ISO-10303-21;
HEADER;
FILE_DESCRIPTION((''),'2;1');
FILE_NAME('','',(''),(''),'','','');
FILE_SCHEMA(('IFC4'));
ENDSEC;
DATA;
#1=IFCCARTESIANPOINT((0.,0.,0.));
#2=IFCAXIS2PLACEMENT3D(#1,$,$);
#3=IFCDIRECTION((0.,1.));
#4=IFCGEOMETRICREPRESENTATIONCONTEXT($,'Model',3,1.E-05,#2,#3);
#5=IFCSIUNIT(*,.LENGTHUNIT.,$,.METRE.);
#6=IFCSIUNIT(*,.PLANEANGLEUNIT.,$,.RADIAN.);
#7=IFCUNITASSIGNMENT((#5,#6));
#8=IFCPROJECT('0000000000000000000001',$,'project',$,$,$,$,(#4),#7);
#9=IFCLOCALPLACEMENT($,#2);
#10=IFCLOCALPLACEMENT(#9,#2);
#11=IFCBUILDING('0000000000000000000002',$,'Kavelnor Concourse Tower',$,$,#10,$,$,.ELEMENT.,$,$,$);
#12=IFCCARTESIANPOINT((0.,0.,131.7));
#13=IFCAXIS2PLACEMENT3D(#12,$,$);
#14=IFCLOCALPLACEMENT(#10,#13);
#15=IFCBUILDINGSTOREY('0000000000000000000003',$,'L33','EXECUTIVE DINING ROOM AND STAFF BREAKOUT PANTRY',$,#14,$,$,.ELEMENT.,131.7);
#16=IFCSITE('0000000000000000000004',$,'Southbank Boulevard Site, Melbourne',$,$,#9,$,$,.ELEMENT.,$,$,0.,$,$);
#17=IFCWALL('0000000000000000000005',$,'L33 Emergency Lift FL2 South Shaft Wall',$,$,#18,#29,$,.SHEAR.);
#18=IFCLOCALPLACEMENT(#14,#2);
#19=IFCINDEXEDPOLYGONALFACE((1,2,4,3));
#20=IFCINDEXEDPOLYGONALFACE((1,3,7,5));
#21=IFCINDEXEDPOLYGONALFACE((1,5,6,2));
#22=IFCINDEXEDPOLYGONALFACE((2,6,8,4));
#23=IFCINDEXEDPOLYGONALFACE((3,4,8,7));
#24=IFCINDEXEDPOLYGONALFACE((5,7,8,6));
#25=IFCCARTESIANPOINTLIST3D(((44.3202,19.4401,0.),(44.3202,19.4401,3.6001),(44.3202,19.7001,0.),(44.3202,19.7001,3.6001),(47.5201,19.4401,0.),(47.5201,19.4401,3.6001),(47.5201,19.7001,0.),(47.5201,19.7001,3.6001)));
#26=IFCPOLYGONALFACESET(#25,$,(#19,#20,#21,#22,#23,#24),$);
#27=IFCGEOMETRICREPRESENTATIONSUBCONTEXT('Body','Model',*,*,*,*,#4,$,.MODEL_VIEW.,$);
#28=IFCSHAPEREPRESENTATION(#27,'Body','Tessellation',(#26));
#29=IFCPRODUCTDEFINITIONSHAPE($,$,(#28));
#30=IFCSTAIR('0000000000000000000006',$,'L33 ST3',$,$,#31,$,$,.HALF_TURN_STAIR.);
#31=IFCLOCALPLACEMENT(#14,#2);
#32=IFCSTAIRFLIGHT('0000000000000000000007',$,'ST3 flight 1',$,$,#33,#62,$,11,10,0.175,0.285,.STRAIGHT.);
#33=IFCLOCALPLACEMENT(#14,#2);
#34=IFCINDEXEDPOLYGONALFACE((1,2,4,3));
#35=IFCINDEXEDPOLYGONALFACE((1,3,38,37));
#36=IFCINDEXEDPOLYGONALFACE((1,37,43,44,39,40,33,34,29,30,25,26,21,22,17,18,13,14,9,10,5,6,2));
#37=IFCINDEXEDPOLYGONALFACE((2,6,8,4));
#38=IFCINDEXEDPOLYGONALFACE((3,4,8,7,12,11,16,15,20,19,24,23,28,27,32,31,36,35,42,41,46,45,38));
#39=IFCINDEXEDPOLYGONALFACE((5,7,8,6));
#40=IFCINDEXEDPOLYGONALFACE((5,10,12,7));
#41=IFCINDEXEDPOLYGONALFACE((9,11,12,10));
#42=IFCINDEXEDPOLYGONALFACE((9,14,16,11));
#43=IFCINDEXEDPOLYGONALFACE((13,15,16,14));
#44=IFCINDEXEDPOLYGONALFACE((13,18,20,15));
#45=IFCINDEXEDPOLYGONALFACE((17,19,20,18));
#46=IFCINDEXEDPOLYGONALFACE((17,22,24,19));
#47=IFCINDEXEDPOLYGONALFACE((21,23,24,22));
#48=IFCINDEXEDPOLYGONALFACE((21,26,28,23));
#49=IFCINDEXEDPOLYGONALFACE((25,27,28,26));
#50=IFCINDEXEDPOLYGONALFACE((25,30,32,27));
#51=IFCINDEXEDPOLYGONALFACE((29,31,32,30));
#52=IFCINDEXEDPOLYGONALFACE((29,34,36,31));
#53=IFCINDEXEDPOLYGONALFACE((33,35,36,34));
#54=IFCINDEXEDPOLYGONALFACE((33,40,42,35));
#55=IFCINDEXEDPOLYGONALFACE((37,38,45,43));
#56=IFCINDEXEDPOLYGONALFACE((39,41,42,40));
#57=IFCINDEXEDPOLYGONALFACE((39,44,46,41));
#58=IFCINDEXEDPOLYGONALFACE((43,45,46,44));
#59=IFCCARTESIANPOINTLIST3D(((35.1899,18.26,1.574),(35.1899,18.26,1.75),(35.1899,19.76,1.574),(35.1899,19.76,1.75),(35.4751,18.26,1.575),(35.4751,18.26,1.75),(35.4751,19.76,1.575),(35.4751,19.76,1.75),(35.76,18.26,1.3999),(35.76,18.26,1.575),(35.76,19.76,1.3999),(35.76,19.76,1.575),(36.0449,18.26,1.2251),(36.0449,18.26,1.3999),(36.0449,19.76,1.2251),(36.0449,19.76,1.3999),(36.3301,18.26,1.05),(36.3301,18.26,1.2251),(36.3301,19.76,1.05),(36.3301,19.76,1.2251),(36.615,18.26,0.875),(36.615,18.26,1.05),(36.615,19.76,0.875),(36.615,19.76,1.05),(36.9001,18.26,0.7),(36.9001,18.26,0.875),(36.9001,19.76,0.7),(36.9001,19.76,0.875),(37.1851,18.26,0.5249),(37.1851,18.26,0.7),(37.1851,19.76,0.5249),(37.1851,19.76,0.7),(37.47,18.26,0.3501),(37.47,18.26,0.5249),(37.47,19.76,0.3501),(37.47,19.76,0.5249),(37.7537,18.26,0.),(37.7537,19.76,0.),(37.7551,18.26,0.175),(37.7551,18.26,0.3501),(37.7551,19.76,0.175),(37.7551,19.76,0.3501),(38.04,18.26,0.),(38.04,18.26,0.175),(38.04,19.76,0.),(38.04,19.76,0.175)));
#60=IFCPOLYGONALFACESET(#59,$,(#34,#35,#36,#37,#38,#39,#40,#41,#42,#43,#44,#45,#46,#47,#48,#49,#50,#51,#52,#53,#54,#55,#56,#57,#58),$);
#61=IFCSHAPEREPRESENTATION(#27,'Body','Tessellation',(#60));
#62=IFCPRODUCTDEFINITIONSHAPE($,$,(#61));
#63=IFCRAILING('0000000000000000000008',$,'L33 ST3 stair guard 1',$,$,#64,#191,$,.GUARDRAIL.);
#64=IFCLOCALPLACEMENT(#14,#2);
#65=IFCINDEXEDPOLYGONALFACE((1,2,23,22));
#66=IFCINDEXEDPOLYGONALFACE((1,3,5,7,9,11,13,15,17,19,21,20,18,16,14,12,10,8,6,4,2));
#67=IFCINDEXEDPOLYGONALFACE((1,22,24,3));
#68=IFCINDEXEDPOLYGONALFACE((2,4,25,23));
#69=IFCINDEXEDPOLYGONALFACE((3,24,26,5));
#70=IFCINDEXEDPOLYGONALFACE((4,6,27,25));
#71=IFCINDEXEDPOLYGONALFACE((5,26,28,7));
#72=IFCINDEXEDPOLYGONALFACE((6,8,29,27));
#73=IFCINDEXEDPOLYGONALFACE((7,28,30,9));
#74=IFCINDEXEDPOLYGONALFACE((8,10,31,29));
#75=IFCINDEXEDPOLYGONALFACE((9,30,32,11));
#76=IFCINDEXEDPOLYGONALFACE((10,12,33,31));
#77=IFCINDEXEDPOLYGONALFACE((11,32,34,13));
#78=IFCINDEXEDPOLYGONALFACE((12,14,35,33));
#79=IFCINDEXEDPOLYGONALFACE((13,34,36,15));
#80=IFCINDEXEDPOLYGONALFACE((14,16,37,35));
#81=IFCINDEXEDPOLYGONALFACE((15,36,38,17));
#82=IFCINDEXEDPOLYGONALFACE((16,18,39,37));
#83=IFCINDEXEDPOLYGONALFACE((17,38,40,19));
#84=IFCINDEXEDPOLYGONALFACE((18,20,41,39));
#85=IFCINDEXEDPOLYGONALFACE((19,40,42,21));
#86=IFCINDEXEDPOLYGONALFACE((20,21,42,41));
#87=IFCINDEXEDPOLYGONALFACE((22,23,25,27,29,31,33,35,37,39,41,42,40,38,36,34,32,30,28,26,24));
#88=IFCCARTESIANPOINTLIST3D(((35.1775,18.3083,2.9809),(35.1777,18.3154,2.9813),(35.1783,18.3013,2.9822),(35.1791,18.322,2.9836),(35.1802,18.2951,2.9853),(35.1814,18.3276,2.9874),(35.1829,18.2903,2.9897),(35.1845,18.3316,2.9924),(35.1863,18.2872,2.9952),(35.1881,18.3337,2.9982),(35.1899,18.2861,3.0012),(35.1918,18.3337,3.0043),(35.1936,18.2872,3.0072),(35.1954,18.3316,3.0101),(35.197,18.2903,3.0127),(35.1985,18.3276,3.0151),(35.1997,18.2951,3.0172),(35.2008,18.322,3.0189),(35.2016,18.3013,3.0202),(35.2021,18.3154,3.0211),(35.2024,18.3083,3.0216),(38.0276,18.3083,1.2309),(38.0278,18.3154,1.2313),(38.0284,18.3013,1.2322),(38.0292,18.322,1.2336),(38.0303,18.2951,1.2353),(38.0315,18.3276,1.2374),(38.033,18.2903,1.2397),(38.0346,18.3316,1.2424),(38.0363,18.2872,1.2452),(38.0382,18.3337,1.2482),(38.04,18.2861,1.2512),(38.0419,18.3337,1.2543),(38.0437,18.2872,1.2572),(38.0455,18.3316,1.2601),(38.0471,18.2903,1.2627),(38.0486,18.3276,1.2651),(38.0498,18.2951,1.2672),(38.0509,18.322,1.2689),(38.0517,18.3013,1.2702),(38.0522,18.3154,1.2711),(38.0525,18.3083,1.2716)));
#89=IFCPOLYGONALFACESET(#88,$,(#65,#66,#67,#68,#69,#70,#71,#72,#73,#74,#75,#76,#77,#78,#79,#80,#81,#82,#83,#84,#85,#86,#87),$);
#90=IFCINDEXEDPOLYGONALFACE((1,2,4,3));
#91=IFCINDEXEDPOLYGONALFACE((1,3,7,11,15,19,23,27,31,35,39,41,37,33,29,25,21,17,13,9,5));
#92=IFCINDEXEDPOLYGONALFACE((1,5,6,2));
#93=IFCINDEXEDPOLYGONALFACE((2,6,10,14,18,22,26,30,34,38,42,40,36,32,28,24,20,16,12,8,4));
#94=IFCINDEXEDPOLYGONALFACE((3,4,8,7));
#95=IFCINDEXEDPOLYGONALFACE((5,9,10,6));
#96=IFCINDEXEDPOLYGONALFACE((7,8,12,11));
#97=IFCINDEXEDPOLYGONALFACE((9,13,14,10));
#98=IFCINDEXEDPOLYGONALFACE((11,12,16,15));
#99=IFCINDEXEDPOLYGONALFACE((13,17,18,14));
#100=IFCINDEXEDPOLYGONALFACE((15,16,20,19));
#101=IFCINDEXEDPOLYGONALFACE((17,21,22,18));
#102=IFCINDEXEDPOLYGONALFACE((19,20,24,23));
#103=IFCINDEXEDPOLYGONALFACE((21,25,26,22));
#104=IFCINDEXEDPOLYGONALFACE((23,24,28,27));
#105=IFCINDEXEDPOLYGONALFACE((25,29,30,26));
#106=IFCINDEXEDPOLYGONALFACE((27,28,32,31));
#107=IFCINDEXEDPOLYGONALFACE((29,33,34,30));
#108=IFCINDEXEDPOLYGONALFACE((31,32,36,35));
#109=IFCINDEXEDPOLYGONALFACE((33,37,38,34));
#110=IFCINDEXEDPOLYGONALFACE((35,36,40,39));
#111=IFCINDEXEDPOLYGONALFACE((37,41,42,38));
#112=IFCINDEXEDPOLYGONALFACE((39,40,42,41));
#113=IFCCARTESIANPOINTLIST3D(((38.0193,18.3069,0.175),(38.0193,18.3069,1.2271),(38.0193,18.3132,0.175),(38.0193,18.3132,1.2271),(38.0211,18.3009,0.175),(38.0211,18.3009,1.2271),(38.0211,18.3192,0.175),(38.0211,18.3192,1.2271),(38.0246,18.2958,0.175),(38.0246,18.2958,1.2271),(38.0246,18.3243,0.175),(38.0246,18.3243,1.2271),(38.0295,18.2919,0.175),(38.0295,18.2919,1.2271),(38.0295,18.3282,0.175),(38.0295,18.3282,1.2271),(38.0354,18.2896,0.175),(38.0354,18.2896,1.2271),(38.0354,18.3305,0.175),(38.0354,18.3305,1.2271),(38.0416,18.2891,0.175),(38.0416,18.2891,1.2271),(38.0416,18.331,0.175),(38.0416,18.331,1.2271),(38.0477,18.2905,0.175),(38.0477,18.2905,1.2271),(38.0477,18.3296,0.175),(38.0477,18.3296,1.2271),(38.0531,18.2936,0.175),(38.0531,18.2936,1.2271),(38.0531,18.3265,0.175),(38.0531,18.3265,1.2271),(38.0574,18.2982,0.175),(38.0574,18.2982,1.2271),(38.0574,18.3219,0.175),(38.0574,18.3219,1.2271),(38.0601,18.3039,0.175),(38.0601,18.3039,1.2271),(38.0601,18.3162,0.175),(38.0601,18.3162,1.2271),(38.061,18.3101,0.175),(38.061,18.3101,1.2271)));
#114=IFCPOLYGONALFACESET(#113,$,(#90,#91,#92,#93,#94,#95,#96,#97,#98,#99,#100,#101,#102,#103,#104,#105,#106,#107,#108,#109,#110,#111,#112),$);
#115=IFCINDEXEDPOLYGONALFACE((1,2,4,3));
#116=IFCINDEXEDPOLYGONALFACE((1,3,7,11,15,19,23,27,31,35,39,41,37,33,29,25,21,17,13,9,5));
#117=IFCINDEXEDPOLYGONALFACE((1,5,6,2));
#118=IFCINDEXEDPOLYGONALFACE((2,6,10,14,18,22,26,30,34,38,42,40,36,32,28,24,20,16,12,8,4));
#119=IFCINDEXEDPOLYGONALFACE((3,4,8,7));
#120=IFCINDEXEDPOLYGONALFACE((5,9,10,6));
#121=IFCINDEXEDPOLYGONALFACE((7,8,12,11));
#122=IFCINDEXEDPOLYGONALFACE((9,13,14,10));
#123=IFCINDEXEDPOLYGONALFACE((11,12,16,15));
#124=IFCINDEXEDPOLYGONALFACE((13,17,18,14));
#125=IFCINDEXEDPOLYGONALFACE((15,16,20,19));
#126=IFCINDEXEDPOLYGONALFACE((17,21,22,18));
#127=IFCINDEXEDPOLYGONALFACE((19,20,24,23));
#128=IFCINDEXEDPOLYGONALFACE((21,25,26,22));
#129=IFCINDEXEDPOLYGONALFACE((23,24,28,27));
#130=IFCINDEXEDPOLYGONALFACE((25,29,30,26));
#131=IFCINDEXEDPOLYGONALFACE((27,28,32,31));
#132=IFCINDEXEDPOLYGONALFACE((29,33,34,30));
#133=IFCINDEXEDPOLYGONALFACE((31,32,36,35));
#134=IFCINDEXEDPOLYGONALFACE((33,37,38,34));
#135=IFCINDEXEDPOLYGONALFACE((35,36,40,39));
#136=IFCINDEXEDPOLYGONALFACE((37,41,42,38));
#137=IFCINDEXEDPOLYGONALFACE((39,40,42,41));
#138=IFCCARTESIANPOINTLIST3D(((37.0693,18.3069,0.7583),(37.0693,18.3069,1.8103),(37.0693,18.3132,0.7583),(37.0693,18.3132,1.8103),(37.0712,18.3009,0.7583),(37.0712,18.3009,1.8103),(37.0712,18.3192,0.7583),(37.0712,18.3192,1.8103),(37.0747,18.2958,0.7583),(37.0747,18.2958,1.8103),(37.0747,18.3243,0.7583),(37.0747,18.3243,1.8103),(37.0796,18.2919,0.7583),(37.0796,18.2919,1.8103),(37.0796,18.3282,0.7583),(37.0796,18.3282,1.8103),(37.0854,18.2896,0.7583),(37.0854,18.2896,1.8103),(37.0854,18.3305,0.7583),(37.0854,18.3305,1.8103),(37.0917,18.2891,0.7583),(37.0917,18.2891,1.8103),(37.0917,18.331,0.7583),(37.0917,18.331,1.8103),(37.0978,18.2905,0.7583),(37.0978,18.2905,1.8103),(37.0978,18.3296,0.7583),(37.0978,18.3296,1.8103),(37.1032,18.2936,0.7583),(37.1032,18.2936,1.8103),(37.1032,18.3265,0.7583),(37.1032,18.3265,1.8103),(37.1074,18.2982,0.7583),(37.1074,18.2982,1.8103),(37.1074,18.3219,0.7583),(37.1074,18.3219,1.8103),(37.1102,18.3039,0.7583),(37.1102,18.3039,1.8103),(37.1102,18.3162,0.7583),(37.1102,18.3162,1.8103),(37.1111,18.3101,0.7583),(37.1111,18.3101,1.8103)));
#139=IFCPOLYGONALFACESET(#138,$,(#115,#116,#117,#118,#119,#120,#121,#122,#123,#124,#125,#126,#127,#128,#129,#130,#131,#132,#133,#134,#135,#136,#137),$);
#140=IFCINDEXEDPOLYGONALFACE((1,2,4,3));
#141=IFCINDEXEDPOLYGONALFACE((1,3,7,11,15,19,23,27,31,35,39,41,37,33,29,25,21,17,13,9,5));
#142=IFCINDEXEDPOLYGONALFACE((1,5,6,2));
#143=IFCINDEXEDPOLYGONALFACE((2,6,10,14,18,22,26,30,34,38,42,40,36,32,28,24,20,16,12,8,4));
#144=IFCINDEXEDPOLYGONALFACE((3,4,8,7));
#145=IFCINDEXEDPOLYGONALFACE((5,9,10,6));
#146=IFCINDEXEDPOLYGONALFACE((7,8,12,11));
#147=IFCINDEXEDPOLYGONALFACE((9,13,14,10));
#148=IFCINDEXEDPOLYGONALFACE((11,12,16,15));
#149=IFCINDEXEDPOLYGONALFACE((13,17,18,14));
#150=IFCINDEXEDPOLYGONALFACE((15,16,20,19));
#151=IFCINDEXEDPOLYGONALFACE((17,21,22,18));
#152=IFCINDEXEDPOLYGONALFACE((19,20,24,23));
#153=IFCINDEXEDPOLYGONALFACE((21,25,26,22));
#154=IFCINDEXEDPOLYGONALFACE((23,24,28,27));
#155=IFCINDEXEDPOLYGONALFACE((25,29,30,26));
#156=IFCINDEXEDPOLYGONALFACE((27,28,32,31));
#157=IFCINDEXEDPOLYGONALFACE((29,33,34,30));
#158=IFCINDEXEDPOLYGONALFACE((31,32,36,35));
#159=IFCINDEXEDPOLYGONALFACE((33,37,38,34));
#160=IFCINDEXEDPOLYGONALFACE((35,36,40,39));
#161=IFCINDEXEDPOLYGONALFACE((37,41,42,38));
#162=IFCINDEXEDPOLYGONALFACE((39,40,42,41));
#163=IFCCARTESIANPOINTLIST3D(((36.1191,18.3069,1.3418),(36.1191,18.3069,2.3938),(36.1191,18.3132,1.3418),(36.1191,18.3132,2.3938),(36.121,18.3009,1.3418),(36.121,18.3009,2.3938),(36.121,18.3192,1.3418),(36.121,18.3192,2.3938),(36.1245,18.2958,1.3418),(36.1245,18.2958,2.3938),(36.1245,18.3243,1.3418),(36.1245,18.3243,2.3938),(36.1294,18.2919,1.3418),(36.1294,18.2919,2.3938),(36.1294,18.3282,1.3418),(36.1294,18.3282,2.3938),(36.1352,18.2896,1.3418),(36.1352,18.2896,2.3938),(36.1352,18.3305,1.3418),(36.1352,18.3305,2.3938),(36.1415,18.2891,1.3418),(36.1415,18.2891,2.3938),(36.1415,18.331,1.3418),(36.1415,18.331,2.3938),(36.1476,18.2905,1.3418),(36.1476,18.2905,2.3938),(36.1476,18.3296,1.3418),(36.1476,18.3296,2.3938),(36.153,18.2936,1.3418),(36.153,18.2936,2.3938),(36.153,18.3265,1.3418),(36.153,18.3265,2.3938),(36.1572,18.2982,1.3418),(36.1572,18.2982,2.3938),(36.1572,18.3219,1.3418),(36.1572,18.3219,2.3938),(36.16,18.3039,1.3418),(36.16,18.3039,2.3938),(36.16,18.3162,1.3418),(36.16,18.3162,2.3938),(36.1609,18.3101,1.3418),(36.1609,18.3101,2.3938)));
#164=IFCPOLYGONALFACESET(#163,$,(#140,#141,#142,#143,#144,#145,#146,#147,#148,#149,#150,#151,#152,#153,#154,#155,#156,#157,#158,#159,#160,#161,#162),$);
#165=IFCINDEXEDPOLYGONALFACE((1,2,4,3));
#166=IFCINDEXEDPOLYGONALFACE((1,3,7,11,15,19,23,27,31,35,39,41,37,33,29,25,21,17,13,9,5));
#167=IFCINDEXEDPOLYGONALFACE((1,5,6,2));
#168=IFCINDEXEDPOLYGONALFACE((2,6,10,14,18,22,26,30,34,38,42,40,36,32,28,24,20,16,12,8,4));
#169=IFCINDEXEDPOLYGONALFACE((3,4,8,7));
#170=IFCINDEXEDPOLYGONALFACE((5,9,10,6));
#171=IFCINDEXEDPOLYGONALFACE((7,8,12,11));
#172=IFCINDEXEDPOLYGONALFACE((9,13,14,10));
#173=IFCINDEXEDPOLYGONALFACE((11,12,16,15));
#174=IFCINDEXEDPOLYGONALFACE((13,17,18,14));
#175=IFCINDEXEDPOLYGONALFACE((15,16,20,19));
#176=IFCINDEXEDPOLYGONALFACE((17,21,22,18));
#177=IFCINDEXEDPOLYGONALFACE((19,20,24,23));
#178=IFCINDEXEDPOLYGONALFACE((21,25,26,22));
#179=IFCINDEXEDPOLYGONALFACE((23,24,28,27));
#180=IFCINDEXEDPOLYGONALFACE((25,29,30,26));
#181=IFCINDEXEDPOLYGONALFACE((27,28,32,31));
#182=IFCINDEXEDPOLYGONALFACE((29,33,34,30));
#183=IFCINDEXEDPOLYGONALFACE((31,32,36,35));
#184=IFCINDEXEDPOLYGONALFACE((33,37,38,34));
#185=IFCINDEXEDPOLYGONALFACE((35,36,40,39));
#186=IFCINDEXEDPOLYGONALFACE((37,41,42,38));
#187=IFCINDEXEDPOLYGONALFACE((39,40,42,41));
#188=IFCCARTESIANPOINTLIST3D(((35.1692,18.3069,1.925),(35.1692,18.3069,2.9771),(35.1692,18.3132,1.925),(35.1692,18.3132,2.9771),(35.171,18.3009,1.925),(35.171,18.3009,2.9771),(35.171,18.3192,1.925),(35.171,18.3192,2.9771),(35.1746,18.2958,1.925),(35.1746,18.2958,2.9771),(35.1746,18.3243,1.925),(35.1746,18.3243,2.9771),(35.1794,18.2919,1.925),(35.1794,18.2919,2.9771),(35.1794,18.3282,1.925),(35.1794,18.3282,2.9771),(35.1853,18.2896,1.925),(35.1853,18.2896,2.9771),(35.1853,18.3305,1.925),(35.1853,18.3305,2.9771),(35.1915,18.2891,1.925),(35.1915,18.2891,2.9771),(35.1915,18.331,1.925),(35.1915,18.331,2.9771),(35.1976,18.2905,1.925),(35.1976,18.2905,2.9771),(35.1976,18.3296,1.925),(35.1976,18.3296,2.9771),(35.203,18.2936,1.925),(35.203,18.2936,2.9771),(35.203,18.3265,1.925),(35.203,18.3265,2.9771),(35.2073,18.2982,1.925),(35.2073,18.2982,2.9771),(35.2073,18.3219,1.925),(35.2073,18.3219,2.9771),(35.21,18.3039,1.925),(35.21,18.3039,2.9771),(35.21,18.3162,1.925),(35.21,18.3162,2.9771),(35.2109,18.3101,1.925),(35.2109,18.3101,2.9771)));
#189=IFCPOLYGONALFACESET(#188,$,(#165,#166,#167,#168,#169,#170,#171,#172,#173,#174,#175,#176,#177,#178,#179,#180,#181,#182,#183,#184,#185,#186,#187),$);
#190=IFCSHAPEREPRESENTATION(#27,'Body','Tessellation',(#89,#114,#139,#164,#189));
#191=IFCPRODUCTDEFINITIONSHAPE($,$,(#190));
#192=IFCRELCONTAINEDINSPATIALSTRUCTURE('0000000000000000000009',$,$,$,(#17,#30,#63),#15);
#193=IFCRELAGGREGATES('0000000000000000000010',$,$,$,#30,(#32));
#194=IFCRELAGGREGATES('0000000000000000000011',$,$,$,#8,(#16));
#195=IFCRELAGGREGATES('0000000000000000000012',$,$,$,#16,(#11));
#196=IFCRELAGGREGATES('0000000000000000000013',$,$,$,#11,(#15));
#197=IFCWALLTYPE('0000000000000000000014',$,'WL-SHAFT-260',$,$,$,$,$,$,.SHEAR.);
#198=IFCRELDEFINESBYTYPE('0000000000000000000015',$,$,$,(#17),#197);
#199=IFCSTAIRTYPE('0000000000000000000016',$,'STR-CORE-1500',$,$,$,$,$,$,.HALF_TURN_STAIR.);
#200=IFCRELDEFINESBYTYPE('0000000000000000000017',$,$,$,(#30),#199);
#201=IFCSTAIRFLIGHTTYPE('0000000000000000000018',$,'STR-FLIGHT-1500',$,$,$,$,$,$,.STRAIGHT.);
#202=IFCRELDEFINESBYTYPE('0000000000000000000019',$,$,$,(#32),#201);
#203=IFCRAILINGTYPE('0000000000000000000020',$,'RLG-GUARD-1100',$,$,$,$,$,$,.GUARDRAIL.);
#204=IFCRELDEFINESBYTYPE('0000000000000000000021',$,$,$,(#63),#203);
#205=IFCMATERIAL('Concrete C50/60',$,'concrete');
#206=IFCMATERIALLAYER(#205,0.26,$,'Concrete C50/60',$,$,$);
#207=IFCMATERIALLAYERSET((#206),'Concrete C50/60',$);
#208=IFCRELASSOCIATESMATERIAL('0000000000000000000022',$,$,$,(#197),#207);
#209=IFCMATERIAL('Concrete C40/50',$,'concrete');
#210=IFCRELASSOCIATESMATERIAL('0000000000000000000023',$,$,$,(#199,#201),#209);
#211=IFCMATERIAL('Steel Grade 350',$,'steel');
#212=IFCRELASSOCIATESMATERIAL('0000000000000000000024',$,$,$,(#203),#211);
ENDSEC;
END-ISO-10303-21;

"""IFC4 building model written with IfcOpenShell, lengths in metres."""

from ifc_helpers import new_model, si_unit, direction, frame, frame_2d, origin, origin_2d, place, context, subcontext, project, spatial, polyline, rectangle, circle, outline, extrude, material, layer, layer_set, type_object, element, aggregate, save


model = new_model("IFC4")

# Units and contexts
model_context = context("Model", 3, precision=1e-05, world=origin(), true_north=direction((0.0, 1.0)))
body_context = subcontext(model_context, "Body", "Model", "MODEL_VIEW")
ifc_project = project(units=[si_unit("LENGTHUNIT", "METRE"), si_unit("PLANEANGLEUNIT", "RADIAN")], contexts=[model_context])

# Site, building, storey
site_placement = place(None, origin())
site = spatial("IfcSite", under=ifc_project, at=site_placement, Name="Southbank Boulevard Site, Melbourne", CompositionType="ELEMENT", RefElevation=0.0)
building_placement = place(site_placement, origin())
building = spatial("IfcBuilding", under=site, at=building_placement, Name="Kavelnor Concourse Tower", CompositionType="ELEMENT")
storey_placement = place(building_placement, frame((0.0, 0.0, 131.7)))
storey = spatial("IfcBuildingStorey", under=building, at=storey_placement, Name="L33", Description="EXECUTIVE DINING ROOM AND STAFF BREAKOUT PANTRY", CompositionType="ELEMENT", Elevation=131.7)

# Shared definitions
ifc_material_1 = material(Name="Steel Grade 350", Category="steel")

# Wall
ifc_material_2 = material(Name="Concrete C50/60", Category="concrete")
ifc_layer_1 = layer(ifc_material_2, 0.26, Name="Concrete C50/60")
ifc_layer_set_1 = layer_set([ifc_layer_1], Name="Concrete C50/60")
wall_type_1 = type_object("IfcWallType", Name="WL-SHAFT-260", PredefinedType="SHEAR", material=ifc_layer_set_1)
wall_1_placement = place(storey_placement, frame((44.3201, 19.5701, 0.0), z_axis=(0.0, 0.0, 1.0), x_axis=(1.0, 0.0, 0.0)))
element("IfcWall", 1, at=wall_1_placement, inside=storey, type_object=wall_type_1, Name="L33 Emergency Lift FL2 South Shaft Wall", PredefinedType="SHEAR", context=body_context, shape_type="SweptSolid", body=[
    extrude(rectangle(XDim=3.2, YDim=0.26, at=frame_2d((1.6001, 0.0))), origin(), (0.0, 0.0, 1.0), 3.6001),
])

# Stair, stair flight
ifc_material_3 = material(Name="Concrete C40/50", Category="concrete")
stair_type = type_object("IfcStairType", Name="STR-CORE-1500", PredefinedType="HALF_TURN_STAIR", material=ifc_material_3)
stair_placement = place(storey_placement, origin())
stair = element("IfcStair", 2, at=stair_placement, inside=storey, type_object=stair_type, Name="L33 ST3", PredefinedType="HALF_TURN_STAIR")
stair_flight_type = type_object("IfcStairFlightType", Name="STR-FLIGHT-1500", PredefinedType="STRAIGHT", material=ifc_material_3)
stair_flight_placement = place(storey_placement, frame((38.04, 19.01, 0.0), z_axis=(0.0, 0.0, 1.0), x_axis=(-1.0, 0.0, 0.0)))
stair_flight = element("IfcStairFlight", 3, at=stair_flight_placement, type_object=stair_flight_type, Name="ST3 flight 1", NumberOfRisers=11, NumberOfTreads=10, PredefinedType="STRAIGHT", RiserHeight=0.175, TreadLength=0.285, context=body_context, shape_type="SweptSolid", body=[
    extrude(outline(polyline([(0.0, 0.0), (0.0, 0.175), (0.2849, 0.175), (0.2849, 0.3501), (0.5701, 0.3501), (0.5701, 0.5249), (0.855, 0.5249), (0.855, 0.7), (1.1399, 0.7), (1.1399, 0.875), (1.425, 0.875), (1.425, 1.05), (1.71, 1.05), (1.71, 1.2251), (1.9951, 1.2251), (1.9951, 1.3999), (2.28, 1.3999), (2.28, 1.575), (2.5649, 1.575), (2.5649, 1.75), (2.8501, 1.75), (2.8501, 1.925), (2.8501, 1.574), (0.2864, 0.0), (0.0, 0.0)])), frame((0.0, 0.75, 0.0), z_axis=(0.0, -1.0, 0.0), x_axis=(1.0, 0.0, 0.0)), (0.0, 0.0, 1.0), 1.5),
])
aggregate(stair, [stair_flight])

# Railing
railing_type_1 = type_object("IfcRailingType", Name="RLG-GUARD-1100", PredefinedType="GUARDRAIL", material=ifc_material_1)
railing_1_placement = place(storey_placement, frame((38.04, 18.3101, 0.175)))
element("IfcRailing", 4, at=railing_1_placement, inside=storey, type_object=railing_type_1, Name="L33 ST3 stair guard 1", PredefinedType="GUARDRAIL", context=body_context, shape_type="SweptSolid", body=[
    extrude(circle(Radius=0.0239, at=origin_2d()), frame((0.0, 0.0, 1.0762), z_axis=(-0.852179, 0.0, 0.52325), x_axis=(0.0, -1.0, 0.0)), (0.0, 0.0, 1.0), 3.3445),
    extrude(circle(Radius=0.021, at=origin_2d()), origin(), (0.0, 0.0, 1.0), 1.052),
    extrude(circle(Radius=0.021, at=origin_2d()), frame((-0.95, 0.0, 0.5833)), (0.0, 0.0, 1.0), 1.052),
    extrude(circle(Radius=0.021, at=origin_2d()), frame((-1.9001, 0.0, 1.1667)), (0.0, 0.0, 1.0), 1.052),
    extrude(circle(Radius=0.021, at=origin_2d()), frame((-2.8501, 0.0, 1.75)), (0.0, 0.0, 1.0), 1.052),
])

save(model, "model.ifc")
